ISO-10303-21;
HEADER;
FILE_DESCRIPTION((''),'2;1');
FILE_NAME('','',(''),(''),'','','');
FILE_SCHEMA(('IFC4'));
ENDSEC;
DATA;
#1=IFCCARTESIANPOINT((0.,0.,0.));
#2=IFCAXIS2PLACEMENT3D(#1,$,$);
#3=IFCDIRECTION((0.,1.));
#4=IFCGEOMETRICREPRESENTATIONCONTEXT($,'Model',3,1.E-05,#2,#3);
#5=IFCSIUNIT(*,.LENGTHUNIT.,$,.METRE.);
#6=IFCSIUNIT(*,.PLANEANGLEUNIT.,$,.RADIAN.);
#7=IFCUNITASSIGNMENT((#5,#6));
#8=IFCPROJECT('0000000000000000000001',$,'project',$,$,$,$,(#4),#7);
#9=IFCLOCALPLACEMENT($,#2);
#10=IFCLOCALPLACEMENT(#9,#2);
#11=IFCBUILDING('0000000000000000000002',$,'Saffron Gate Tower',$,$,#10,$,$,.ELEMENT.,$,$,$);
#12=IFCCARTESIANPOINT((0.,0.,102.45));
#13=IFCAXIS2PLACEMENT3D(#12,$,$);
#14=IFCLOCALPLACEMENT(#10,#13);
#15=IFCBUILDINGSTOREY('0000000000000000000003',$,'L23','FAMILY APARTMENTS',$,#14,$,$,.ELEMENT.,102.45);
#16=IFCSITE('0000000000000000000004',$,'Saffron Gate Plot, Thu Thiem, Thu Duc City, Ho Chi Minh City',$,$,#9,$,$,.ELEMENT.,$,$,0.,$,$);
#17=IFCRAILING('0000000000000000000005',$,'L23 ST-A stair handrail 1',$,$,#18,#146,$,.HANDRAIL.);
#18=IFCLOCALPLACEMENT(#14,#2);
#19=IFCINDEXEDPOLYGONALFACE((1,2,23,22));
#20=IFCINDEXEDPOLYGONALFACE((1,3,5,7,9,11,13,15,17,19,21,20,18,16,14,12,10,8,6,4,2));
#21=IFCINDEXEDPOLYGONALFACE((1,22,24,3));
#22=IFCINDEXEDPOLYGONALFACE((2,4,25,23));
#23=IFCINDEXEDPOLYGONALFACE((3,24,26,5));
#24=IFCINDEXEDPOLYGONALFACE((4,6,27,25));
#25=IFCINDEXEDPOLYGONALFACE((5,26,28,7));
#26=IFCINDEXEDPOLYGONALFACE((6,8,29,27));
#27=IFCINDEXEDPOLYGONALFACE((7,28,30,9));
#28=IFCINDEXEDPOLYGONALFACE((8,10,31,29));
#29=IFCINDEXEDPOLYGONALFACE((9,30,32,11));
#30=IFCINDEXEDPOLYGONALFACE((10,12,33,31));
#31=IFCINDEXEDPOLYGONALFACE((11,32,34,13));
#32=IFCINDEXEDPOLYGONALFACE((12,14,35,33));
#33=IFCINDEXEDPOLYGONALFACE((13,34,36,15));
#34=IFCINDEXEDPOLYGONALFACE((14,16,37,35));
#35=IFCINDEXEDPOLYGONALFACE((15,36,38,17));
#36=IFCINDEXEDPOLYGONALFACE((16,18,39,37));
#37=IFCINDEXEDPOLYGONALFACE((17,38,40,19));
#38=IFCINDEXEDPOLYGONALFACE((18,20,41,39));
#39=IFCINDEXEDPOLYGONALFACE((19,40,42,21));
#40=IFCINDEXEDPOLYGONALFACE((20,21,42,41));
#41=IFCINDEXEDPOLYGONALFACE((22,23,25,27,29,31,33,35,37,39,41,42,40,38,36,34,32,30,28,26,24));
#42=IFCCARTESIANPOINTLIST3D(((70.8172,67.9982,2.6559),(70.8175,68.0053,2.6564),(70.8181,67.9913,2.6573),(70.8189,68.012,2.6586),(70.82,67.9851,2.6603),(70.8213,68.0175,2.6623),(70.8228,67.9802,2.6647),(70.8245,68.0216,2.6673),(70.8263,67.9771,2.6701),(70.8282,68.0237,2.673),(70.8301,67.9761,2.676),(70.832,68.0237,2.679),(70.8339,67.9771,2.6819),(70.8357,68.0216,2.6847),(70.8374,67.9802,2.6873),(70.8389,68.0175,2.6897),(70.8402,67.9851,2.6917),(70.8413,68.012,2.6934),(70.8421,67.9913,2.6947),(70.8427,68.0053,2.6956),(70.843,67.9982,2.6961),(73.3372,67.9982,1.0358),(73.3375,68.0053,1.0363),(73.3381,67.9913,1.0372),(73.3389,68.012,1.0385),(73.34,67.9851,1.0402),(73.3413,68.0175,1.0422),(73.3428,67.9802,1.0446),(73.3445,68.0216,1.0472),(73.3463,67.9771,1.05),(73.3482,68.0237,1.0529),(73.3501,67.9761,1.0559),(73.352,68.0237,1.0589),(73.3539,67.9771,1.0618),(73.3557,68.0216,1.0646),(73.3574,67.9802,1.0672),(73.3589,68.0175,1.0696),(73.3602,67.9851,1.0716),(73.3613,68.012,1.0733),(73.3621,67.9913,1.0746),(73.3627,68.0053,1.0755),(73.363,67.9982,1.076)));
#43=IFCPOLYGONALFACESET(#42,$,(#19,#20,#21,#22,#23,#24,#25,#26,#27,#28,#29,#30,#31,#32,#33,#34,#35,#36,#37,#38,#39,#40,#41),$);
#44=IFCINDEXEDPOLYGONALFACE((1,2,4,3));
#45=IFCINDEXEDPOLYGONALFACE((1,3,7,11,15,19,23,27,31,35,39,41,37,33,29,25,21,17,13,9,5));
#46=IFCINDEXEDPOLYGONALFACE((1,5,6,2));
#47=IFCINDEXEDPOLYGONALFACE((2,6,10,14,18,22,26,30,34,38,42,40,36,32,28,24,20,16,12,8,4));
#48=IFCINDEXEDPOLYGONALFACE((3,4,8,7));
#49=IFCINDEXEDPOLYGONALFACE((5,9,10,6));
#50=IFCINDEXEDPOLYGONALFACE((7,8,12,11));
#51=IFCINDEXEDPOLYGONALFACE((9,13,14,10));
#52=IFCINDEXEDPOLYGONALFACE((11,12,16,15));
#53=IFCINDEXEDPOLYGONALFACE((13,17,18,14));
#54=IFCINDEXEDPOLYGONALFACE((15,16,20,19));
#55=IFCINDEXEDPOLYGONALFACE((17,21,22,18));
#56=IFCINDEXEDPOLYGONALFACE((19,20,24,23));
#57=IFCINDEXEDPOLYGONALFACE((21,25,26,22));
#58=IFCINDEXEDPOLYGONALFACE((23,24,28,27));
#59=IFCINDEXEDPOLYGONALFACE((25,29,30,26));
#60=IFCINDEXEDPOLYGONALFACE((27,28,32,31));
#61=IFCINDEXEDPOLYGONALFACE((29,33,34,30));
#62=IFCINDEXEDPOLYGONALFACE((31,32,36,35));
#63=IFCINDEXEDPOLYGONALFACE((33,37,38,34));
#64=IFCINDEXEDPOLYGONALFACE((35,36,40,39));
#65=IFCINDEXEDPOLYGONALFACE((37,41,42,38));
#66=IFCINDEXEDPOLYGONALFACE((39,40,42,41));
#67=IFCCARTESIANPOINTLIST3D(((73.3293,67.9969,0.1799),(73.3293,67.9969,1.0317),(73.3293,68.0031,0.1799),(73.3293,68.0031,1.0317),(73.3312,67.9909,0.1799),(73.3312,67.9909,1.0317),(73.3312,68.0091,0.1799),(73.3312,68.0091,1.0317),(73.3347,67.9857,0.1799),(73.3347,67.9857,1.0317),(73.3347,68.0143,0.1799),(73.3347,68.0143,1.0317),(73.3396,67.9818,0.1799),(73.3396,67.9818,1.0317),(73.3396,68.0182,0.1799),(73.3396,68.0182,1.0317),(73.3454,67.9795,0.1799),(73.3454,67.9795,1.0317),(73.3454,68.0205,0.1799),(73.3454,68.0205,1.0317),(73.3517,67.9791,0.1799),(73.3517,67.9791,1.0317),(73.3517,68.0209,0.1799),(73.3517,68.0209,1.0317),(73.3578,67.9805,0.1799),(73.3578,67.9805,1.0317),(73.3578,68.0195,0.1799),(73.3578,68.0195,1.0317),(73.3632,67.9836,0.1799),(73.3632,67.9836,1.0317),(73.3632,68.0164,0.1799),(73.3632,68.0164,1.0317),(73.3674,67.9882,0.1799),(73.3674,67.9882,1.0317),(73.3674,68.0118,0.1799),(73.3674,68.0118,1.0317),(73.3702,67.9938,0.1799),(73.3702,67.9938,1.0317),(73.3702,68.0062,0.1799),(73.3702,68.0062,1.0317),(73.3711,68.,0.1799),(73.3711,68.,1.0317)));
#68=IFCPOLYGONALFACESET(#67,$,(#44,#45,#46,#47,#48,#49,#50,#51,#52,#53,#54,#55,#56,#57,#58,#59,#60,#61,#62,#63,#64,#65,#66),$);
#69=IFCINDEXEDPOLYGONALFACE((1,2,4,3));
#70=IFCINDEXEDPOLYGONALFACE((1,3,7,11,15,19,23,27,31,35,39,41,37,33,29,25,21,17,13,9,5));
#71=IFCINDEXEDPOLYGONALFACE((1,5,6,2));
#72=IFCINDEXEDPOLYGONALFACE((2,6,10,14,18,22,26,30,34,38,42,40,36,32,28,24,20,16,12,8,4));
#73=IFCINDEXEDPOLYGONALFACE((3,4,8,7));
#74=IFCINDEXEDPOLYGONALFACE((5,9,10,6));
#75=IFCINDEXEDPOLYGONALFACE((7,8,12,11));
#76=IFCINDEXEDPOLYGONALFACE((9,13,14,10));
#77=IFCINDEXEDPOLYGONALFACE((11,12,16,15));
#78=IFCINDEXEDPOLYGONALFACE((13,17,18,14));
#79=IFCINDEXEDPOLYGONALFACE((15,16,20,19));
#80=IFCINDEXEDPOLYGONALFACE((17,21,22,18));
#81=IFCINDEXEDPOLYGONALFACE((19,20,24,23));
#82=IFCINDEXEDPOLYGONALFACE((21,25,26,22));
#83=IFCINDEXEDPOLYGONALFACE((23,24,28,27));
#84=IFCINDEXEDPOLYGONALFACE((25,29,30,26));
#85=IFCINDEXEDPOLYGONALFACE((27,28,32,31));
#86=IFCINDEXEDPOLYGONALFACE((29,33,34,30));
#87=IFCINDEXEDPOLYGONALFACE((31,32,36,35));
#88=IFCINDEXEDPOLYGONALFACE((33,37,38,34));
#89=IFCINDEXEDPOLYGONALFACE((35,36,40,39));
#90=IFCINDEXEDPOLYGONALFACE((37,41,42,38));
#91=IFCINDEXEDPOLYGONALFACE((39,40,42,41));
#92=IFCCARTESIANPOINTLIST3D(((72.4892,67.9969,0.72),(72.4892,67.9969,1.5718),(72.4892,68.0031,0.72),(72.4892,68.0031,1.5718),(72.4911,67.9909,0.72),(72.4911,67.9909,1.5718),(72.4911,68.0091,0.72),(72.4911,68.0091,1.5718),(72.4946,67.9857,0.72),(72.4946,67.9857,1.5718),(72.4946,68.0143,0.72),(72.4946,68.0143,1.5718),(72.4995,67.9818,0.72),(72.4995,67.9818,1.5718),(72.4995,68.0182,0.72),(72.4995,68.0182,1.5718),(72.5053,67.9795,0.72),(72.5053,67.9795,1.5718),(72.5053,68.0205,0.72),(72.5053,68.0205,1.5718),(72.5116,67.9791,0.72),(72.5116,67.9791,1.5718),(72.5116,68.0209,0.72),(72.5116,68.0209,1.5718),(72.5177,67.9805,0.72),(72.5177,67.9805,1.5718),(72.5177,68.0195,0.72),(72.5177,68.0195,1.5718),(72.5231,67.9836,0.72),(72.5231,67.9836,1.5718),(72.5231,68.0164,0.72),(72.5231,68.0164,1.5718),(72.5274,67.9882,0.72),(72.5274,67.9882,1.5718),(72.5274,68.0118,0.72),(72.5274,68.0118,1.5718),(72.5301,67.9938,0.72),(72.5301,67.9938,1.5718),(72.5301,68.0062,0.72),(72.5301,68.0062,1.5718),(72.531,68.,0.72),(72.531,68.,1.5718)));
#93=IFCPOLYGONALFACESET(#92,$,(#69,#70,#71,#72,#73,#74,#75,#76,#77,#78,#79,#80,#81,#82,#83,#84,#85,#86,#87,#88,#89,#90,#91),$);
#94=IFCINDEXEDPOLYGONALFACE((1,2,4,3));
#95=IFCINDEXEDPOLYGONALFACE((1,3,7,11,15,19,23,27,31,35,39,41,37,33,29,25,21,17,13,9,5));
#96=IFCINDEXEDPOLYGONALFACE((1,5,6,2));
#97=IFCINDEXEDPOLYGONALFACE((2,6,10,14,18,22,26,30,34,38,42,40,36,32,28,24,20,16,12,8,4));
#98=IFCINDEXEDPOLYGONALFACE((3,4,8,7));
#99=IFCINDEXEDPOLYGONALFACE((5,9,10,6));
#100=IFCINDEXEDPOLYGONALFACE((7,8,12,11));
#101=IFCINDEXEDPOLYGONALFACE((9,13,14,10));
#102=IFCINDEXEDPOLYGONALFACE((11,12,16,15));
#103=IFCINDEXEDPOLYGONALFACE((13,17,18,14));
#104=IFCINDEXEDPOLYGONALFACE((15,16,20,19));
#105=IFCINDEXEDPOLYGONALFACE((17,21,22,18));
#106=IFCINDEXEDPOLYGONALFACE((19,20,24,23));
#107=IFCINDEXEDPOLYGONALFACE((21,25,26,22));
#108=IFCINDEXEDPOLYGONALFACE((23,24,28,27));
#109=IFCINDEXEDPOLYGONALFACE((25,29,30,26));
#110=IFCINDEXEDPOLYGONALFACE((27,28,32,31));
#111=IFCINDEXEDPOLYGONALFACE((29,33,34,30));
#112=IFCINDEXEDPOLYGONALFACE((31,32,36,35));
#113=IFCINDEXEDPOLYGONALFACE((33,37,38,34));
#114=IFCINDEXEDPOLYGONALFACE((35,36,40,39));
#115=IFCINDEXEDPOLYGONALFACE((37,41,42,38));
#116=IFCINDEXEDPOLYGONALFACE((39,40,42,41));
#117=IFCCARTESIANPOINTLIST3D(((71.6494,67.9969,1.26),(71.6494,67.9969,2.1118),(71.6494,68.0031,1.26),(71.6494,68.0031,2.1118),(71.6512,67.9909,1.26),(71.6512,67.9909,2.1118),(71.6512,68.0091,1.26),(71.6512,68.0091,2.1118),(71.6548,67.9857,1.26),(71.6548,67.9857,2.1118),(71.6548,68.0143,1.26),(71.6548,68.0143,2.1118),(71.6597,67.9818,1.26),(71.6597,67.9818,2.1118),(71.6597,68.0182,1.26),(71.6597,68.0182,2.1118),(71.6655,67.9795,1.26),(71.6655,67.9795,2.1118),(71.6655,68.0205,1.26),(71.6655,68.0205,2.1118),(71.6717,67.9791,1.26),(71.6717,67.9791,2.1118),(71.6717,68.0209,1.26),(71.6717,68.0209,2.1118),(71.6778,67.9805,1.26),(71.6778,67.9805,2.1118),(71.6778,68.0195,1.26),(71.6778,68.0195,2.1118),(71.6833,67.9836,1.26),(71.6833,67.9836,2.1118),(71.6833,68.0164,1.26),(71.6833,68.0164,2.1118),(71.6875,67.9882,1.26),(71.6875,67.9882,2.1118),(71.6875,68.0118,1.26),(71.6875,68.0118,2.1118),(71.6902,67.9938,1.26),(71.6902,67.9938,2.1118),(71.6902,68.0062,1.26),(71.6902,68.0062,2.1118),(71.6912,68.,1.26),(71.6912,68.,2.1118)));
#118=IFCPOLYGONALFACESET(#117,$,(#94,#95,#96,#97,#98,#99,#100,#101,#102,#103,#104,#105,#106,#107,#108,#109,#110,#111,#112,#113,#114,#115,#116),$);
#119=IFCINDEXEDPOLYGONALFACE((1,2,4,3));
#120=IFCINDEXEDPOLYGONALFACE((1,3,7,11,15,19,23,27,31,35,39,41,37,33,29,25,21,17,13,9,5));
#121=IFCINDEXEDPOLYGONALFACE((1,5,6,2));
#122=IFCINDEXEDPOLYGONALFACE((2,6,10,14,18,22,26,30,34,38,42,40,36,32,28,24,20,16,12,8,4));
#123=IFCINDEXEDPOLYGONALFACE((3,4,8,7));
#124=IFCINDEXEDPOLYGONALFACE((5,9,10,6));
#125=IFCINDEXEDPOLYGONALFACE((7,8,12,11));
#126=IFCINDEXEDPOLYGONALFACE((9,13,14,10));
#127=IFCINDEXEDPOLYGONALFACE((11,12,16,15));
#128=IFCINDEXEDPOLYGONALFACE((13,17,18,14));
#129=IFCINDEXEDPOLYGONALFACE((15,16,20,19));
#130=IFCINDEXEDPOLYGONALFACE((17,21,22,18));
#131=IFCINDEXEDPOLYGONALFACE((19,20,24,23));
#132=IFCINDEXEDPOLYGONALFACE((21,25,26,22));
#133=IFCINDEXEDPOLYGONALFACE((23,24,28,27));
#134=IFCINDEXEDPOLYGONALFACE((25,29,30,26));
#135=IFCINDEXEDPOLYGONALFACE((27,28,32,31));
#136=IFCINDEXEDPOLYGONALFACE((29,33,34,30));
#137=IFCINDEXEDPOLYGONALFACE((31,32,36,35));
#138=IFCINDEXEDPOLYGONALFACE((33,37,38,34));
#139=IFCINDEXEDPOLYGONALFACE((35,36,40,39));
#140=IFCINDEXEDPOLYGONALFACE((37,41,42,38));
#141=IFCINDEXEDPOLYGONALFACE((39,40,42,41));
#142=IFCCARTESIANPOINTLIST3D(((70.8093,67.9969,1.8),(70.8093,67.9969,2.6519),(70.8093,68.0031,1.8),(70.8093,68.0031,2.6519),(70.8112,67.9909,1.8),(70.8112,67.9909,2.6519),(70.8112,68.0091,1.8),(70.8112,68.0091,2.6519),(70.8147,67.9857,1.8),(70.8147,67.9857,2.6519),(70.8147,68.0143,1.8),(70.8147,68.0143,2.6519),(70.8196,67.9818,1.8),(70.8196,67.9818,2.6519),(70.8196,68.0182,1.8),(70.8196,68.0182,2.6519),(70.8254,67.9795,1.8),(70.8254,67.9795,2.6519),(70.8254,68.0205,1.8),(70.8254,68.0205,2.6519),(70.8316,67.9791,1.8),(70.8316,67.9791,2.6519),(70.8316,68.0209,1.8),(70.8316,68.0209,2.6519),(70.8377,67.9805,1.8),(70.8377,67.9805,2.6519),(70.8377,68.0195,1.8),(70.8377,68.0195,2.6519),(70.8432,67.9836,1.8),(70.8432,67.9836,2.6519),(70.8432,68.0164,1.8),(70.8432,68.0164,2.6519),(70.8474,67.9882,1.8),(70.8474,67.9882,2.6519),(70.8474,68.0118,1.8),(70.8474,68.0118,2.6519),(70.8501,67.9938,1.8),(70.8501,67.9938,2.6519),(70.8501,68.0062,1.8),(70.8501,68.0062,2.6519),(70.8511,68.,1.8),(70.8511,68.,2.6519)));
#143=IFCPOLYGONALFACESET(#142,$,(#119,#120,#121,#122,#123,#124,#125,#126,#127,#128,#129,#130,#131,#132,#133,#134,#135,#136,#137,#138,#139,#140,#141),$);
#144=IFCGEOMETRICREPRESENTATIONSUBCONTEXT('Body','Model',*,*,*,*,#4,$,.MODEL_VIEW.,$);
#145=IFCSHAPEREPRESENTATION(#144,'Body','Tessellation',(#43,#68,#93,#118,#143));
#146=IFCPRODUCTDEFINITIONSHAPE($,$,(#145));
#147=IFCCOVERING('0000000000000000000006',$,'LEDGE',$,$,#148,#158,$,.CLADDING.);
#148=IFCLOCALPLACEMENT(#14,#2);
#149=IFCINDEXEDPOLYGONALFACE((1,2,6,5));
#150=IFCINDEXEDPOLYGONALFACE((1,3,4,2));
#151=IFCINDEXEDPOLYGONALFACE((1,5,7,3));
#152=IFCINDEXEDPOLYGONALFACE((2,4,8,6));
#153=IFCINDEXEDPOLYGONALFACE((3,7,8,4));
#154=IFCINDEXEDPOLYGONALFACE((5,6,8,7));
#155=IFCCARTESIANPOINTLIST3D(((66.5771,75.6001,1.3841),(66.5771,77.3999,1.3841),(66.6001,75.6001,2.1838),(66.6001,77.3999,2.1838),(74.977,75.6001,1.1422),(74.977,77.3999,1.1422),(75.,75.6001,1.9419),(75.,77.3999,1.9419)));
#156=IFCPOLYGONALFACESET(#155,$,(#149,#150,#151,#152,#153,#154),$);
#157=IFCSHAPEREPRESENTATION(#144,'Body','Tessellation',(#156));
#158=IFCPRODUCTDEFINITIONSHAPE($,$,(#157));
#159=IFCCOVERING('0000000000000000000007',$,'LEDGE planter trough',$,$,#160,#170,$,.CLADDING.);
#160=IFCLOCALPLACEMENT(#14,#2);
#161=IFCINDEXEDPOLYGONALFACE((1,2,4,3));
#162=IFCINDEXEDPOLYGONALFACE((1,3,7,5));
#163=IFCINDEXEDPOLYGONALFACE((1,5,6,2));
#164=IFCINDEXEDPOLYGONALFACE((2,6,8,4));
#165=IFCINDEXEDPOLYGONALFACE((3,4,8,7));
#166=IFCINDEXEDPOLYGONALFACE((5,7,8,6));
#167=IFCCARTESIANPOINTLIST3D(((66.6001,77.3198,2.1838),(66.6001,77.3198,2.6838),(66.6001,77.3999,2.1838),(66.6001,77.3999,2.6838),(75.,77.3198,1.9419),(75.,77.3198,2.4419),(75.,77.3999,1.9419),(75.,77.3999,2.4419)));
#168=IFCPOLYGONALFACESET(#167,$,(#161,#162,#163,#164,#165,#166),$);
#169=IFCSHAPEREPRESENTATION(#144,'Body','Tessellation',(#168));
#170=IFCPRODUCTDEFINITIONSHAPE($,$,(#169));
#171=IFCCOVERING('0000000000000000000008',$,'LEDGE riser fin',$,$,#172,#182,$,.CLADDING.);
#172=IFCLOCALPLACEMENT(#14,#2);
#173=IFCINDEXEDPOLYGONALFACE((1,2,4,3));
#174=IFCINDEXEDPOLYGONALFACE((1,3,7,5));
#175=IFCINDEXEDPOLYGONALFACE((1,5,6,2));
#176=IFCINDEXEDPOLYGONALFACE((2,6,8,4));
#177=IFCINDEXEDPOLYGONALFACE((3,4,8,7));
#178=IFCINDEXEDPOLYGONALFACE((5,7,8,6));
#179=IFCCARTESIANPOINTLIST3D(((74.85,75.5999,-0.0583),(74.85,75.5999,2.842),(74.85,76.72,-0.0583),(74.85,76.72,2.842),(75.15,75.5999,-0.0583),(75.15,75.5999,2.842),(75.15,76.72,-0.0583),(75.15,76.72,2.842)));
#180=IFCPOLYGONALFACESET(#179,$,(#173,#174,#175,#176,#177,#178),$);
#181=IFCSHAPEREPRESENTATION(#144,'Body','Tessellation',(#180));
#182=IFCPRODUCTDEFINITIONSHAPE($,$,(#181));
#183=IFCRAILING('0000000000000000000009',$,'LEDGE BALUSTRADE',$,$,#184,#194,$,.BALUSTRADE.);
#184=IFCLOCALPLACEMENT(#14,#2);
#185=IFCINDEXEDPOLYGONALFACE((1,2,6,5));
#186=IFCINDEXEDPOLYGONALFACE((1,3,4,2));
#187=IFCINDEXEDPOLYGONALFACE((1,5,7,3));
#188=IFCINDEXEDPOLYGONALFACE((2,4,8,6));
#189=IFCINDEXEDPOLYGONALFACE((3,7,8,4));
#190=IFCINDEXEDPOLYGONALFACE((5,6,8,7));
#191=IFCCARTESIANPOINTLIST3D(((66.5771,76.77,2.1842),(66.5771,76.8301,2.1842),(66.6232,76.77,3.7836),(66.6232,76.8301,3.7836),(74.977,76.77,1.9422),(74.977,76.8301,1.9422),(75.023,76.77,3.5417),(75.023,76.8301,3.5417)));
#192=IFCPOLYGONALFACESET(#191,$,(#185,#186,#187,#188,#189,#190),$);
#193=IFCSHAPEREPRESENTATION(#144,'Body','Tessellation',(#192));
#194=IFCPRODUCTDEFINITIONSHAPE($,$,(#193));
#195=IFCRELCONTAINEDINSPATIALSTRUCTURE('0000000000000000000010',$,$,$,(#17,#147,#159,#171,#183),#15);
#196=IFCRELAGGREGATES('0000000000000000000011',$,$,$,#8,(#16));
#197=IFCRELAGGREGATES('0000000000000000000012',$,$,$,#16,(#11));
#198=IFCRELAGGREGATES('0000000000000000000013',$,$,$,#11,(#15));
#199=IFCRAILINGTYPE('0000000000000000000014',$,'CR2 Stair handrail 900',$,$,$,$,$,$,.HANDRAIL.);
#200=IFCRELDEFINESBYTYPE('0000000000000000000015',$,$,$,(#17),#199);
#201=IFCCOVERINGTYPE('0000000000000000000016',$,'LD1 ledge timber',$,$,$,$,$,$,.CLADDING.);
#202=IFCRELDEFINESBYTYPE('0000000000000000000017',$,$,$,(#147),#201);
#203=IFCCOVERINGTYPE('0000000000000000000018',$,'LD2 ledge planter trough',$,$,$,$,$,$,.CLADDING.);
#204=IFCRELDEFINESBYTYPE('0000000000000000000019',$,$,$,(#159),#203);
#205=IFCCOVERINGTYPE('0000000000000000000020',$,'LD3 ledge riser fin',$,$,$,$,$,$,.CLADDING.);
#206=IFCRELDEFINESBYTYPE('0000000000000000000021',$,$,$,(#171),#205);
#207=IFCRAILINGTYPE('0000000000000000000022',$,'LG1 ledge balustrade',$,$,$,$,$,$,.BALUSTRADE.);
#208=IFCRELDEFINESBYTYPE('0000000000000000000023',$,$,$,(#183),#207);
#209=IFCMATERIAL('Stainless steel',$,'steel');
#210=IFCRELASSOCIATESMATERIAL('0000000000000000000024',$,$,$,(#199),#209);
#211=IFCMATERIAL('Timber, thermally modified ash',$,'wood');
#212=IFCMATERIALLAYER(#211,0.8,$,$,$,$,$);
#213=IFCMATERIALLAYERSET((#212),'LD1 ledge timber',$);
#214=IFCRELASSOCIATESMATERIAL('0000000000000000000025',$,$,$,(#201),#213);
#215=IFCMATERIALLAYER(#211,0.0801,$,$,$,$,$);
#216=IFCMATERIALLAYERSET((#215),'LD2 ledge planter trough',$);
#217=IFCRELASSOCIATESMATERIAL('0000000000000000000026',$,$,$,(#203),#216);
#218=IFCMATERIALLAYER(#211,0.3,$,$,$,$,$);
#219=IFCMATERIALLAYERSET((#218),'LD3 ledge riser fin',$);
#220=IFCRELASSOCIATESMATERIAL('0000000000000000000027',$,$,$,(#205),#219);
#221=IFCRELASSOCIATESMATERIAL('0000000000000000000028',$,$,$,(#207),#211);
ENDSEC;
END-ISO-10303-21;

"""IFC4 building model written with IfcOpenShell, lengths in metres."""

from ifc_helpers import new_model, si_unit, direction, frame, origin, origin_2d, place, context, subcontext, project, spatial, polyline, rectangle, circle, outline, extrude, material, layer, layer_set, type_object, element, save


model = new_model("IFC4")

# Units and contexts
model_context = context("Model", 3, precision=1e-05, world=origin(), true_north=direction((0.0, 1.0)))
body_context = subcontext(model_context, "Body", "Model", "MODEL_VIEW")
ifc_project = project(units=[si_unit("LENGTHUNIT", "METRE"), si_unit("PLANEANGLEUNIT", "RADIAN")], contexts=[model_context])

# Site, building, storey
site_placement = place(None, origin())
site = spatial("IfcSite", under=ifc_project, at=site_placement, Name="Saffron Gate Plot, Thu Thiem, Thu Duc City, Ho Chi Minh City", CompositionType="ELEMENT", RefElevation=0.0)
building_placement = place(site_placement, origin())
building = spatial("IfcBuilding", under=site, at=building_placement, Name="Saffron Gate Tower", CompositionType="ELEMENT")
storey_placement = place(building_placement, frame((0.0, 0.0, 102.45)))
storey = spatial("IfcBuildingStorey", under=building, at=storey_placement, Name="L23", Description="FAMILY APARTMENTS", CompositionType="ELEMENT", Elevation=102.45)

# Railing
ifc_material_1 = material(Name="Stainless steel", Category="steel")
railing_type_1 = type_object("IfcRailingType", Name="CR2 Stair handrail 900", PredefinedType="HANDRAIL", material=ifc_material_1)
railing_1_placement = place(storey_placement, frame((73.3501, 68.0, 0.1799)))
element("IfcRailing", 1, at=railing_1_placement, inside=storey, type_object=railing_type_1, Name="L23 ST-A stair handrail 1", PredefinedType="HANDRAIL", context=body_context, shape_type="SweptSolid", body=[
    extrude(circle(Radius=0.0239, at=origin_2d()), frame((0.0, 0.0, 0.876), z_axis=(-0.841163, 0.0, 0.540782), x_axis=(0.0, -1.0, 0.0)), (0.0, 0.0, 1.0), 2.9958),
    extrude(circle(Radius=0.021, at=origin_2d()), origin(), (0.0, 0.0, 1.0), 0.8518),
    extrude(circle(Radius=0.021, at=origin_2d()), frame((-0.8401, 0.0, 0.54)), (0.0, 0.0, 1.0), 0.8518),
    extrude(circle(Radius=0.021, at=origin_2d()), frame((-1.6799, 0.0, 1.0801)), (0.0, 0.0, 1.0), 0.8518),
    extrude(circle(Radius=0.021, at=origin_2d()), frame((-2.52, 0.0, 1.6201)), (0.0, 0.0, 1.0), 0.8518),
])

# Coverings
ifc_material_2 = material(Name="Timber, thermally modified ash", Category="wood")
ifc_layer_1 = layer(ifc_material_2, 0.8)
ifc_layer_set_1 = layer_set([ifc_layer_1], Name="LD1 ledge timber")
covering_type_1 = type_object("IfcCoveringType", Name="LD1 ledge timber", PredefinedType="CLADDING", material=ifc_layer_set_1)
covering_1_placement = place(storey_placement, frame((75.0, 75.6001, 1.9419), z_axis=(0.028791, 0.0, 0.999585), x_axis=(-0.999585, 0.0, 0.028791)))
element("IfcCovering", 2, at=covering_1_placement, inside=storey, type_object=covering_type_1, Name="LEDGE", PredefinedType="CLADDING", context=body_context, shape_type="SweptSolid", body=[
    extrude(outline(polyline([(0.0, 0.0), (8.4034, 0.0), (8.4034, -1.7998), (0.0, -1.7998), (0.0, 0.0)])), origin(), (0.0, 0.0, -1.0), 0.8),
])
ifc_layer_2 = layer(ifc_material_2, 0.0801)
ifc_layer_set_2 = layer_set([ifc_layer_2], Name="LD2 ledge planter trough")
covering_type_2 = type_object("IfcCoveringType", Name="LD2 ledge planter trough", PredefinedType="CLADDING", material=ifc_layer_set_2)
covering_2_placement = place(storey_placement, frame((75.0, 77.3999, 1.9419), z_axis=(0.0, 1.0, 0.0), x_axis=(-0.999585, 0.0, 0.028791)))
element("IfcCovering", 3, at=covering_2_placement, inside=storey, type_object=covering_type_2, Name="LEDGE planter trough", PredefinedType="CLADDING", context=body_context, shape_type="SweptSolid", body=[
    extrude(outline(polyline([(0.0, 0.0), (8.4034, 0.0), (8.4178, 0.4998), (0.0144, 0.4998), (0.0, 0.0)])), origin(), (0.0, 0.0, -1.0), 0.0801),
])
ifc_layer_3 = layer(ifc_material_2, 0.3)
ifc_layer_set_3 = layer_set([ifc_layer_3], Name="LD3 ledge riser fin")
covering_type_3 = type_object("IfcCoveringType", Name="LD3 ledge riser fin", PredefinedType="CLADDING", material=ifc_layer_set_3)
covering_3_placement = place(storey_placement, frame((75.0, 76.1599, -0.0583), z_axis=(0.0, 0.0, 1.0), x_axis=(-1.0, 0.0, 0.0)))
element("IfcCovering", 4, at=covering_3_placement, inside=storey, type_object=covering_type_3, Name="LEDGE riser fin", PredefinedType="CLADDING", context=body_context, shape_type="SweptSolid", body=[
    extrude(rectangle(XDim=0.3, YDim=1.1201, at=origin_2d()), origin(), (0.0, 0.0, 1.0), 2.9004),
])

# Railing
railing_type_2 = type_object("IfcRailingType", Name="LG1 ledge balustrade", PredefinedType="BALUSTRADE", material=ifc_material_2)
railing_2_placement = place(storey_placement, frame((75.0, 76.8, 1.9419)))
element("IfcRailing", 5, at=railing_2_placement, inside=storey, type_object=railing_type_2, Name="LEDGE BALUSTRADE", PredefinedType="BALUSTRADE", context=body_context, shape_type="SweptSolid", body=[
    extrude(rectangle(XDim=0.0601, YDim=1.6001, at=origin_2d()), frame((0.0, 0.0, 0.8), z_axis=(-0.999585, 0.0, 0.028791), x_axis=(0.0, -1.0, 0.0)), (0.0, 0.0, 1.0), 8.4033),
])

save(model, "model.ifc")
